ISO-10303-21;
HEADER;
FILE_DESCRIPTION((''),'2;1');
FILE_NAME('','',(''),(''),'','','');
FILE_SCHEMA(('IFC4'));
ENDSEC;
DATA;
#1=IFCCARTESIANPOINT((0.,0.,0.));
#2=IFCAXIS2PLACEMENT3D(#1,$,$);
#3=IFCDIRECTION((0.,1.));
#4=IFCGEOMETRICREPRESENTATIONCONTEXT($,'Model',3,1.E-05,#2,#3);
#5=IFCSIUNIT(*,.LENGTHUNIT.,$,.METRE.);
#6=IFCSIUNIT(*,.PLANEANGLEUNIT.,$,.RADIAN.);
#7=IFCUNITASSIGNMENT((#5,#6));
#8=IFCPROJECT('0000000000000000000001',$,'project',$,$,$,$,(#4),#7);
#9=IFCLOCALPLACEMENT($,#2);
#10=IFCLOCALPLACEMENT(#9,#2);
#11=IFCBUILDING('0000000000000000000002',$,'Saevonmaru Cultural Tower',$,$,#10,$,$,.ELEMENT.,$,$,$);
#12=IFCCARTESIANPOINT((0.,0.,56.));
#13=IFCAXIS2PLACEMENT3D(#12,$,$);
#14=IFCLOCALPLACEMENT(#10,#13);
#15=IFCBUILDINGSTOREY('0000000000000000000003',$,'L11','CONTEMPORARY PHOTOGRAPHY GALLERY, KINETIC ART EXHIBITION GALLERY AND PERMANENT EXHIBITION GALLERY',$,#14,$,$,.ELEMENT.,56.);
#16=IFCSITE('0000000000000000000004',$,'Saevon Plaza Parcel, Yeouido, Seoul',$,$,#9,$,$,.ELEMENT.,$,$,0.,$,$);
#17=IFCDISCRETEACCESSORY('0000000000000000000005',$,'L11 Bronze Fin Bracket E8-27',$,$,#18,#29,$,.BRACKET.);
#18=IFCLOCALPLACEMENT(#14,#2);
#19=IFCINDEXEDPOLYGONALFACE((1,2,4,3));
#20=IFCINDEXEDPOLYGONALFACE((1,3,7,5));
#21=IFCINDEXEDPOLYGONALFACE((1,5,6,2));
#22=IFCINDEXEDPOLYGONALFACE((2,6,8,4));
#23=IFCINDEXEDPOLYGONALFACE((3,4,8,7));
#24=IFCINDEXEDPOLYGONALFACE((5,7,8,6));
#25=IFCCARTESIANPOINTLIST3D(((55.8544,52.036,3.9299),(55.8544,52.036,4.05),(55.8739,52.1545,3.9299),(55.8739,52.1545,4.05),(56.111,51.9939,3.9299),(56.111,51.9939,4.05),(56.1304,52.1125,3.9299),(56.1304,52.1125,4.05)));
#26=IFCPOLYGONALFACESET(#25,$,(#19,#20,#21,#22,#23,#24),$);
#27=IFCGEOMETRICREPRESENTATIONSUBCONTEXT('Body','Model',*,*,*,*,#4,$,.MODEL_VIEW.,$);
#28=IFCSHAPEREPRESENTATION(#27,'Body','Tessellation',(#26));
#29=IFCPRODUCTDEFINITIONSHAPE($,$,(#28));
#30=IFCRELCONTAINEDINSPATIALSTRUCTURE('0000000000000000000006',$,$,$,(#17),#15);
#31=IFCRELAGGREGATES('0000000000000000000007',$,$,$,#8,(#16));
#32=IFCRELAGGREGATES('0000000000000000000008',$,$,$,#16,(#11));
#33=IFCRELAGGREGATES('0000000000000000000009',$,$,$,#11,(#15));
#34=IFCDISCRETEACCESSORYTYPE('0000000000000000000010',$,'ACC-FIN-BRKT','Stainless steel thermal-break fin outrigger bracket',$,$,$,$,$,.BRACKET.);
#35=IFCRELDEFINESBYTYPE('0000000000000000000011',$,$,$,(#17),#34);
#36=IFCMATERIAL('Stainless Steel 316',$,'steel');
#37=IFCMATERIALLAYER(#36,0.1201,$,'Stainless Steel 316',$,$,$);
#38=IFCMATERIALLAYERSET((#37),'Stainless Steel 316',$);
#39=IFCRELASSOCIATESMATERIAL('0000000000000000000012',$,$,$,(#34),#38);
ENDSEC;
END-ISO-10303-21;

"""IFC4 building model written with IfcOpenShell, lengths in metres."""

from ifc_helpers import new_model, si_unit, direction, frame, origin, origin_2d, place, context, subcontext, project, spatial, rectangle, extrude, material, layer, layer_set, type_object, element, save


model = new_model("IFC4")

# Units and contexts
model_context = context("Model", 3, precision=1e-05, world=origin(), true_north=direction((0.0, 1.0)))
body_context = subcontext(model_context, "Body", "Model", "MODEL_VIEW")
ifc_project = project(units=[si_unit("LENGTHUNIT", "METRE"), si_unit("PLANEANGLEUNIT", "RADIAN")], contexts=[model_context])

# Site, building, storey
site_placement = place(None, origin())
site = spatial("IfcSite", under=ifc_project, at=site_placement, Name="Saevon Plaza Parcel, Yeouido, Seoul", CompositionType="ELEMENT", RefElevation=0.0)
building_placement = place(site_placement, origin())
building = spatial("IfcBuilding", under=site, at=building_placement, Name="Saevonmaru Cultural Tower", CompositionType="ELEMENT")
storey_placement = place(building_placement, frame((0.0, 0.0, 56.0)))
storey = spatial("IfcBuildingStorey", under=building, at=storey_placement, Name="L11", Description="CONTEMPORARY PHOTOGRAPHY GALLERY, KINETIC ART EXHIBITION GALLERY AND PERMANENT EXHIBITION GALLERY", CompositionType="ELEMENT", Elevation=56.0)

# Discrete accessory
ifc_material_1 = material(Name="Stainless Steel 316", Category="steel")
ifc_layer_1 = layer(ifc_material_1, 0.1201, Name="Stainless Steel 316")
ifc_layer_set_1 = layer_set([ifc_layer_1], Name="Stainless Steel 316")
discrete_accessory_type = type_object("IfcDiscreteAccessoryType", Name="ACC-FIN-BRKT", Description="Stainless steel thermal-break fin outrigger bracket", PredefinedType="BRACKET", material=ifc_layer_set_1)
for number, where, z_axis, x_axis, name in (
    (1, (55.9924, 52.0742, 3.9299), (0.0, 0.0, 1.0), (0.986827, -0.161776, 0.0), "L11 Bronze Fin Bracket E8-27"),
):
    element("IfcDiscreteAccessory", number, at=place(storey_placement, frame(where, z_axis=z_axis, x_axis=x_axis)), inside=storey, type_object=discrete_accessory_type, Name=name, PredefinedType="BRACKET", context=body_context, shape_type="SweptSolid", body=[
        extrude(rectangle(XDim=0.26, YDim=0.1201, at=origin_2d()), origin(), (0.0, 0.0, 1.0), 0.1201),
    ])

save(model, "model.ifc")
